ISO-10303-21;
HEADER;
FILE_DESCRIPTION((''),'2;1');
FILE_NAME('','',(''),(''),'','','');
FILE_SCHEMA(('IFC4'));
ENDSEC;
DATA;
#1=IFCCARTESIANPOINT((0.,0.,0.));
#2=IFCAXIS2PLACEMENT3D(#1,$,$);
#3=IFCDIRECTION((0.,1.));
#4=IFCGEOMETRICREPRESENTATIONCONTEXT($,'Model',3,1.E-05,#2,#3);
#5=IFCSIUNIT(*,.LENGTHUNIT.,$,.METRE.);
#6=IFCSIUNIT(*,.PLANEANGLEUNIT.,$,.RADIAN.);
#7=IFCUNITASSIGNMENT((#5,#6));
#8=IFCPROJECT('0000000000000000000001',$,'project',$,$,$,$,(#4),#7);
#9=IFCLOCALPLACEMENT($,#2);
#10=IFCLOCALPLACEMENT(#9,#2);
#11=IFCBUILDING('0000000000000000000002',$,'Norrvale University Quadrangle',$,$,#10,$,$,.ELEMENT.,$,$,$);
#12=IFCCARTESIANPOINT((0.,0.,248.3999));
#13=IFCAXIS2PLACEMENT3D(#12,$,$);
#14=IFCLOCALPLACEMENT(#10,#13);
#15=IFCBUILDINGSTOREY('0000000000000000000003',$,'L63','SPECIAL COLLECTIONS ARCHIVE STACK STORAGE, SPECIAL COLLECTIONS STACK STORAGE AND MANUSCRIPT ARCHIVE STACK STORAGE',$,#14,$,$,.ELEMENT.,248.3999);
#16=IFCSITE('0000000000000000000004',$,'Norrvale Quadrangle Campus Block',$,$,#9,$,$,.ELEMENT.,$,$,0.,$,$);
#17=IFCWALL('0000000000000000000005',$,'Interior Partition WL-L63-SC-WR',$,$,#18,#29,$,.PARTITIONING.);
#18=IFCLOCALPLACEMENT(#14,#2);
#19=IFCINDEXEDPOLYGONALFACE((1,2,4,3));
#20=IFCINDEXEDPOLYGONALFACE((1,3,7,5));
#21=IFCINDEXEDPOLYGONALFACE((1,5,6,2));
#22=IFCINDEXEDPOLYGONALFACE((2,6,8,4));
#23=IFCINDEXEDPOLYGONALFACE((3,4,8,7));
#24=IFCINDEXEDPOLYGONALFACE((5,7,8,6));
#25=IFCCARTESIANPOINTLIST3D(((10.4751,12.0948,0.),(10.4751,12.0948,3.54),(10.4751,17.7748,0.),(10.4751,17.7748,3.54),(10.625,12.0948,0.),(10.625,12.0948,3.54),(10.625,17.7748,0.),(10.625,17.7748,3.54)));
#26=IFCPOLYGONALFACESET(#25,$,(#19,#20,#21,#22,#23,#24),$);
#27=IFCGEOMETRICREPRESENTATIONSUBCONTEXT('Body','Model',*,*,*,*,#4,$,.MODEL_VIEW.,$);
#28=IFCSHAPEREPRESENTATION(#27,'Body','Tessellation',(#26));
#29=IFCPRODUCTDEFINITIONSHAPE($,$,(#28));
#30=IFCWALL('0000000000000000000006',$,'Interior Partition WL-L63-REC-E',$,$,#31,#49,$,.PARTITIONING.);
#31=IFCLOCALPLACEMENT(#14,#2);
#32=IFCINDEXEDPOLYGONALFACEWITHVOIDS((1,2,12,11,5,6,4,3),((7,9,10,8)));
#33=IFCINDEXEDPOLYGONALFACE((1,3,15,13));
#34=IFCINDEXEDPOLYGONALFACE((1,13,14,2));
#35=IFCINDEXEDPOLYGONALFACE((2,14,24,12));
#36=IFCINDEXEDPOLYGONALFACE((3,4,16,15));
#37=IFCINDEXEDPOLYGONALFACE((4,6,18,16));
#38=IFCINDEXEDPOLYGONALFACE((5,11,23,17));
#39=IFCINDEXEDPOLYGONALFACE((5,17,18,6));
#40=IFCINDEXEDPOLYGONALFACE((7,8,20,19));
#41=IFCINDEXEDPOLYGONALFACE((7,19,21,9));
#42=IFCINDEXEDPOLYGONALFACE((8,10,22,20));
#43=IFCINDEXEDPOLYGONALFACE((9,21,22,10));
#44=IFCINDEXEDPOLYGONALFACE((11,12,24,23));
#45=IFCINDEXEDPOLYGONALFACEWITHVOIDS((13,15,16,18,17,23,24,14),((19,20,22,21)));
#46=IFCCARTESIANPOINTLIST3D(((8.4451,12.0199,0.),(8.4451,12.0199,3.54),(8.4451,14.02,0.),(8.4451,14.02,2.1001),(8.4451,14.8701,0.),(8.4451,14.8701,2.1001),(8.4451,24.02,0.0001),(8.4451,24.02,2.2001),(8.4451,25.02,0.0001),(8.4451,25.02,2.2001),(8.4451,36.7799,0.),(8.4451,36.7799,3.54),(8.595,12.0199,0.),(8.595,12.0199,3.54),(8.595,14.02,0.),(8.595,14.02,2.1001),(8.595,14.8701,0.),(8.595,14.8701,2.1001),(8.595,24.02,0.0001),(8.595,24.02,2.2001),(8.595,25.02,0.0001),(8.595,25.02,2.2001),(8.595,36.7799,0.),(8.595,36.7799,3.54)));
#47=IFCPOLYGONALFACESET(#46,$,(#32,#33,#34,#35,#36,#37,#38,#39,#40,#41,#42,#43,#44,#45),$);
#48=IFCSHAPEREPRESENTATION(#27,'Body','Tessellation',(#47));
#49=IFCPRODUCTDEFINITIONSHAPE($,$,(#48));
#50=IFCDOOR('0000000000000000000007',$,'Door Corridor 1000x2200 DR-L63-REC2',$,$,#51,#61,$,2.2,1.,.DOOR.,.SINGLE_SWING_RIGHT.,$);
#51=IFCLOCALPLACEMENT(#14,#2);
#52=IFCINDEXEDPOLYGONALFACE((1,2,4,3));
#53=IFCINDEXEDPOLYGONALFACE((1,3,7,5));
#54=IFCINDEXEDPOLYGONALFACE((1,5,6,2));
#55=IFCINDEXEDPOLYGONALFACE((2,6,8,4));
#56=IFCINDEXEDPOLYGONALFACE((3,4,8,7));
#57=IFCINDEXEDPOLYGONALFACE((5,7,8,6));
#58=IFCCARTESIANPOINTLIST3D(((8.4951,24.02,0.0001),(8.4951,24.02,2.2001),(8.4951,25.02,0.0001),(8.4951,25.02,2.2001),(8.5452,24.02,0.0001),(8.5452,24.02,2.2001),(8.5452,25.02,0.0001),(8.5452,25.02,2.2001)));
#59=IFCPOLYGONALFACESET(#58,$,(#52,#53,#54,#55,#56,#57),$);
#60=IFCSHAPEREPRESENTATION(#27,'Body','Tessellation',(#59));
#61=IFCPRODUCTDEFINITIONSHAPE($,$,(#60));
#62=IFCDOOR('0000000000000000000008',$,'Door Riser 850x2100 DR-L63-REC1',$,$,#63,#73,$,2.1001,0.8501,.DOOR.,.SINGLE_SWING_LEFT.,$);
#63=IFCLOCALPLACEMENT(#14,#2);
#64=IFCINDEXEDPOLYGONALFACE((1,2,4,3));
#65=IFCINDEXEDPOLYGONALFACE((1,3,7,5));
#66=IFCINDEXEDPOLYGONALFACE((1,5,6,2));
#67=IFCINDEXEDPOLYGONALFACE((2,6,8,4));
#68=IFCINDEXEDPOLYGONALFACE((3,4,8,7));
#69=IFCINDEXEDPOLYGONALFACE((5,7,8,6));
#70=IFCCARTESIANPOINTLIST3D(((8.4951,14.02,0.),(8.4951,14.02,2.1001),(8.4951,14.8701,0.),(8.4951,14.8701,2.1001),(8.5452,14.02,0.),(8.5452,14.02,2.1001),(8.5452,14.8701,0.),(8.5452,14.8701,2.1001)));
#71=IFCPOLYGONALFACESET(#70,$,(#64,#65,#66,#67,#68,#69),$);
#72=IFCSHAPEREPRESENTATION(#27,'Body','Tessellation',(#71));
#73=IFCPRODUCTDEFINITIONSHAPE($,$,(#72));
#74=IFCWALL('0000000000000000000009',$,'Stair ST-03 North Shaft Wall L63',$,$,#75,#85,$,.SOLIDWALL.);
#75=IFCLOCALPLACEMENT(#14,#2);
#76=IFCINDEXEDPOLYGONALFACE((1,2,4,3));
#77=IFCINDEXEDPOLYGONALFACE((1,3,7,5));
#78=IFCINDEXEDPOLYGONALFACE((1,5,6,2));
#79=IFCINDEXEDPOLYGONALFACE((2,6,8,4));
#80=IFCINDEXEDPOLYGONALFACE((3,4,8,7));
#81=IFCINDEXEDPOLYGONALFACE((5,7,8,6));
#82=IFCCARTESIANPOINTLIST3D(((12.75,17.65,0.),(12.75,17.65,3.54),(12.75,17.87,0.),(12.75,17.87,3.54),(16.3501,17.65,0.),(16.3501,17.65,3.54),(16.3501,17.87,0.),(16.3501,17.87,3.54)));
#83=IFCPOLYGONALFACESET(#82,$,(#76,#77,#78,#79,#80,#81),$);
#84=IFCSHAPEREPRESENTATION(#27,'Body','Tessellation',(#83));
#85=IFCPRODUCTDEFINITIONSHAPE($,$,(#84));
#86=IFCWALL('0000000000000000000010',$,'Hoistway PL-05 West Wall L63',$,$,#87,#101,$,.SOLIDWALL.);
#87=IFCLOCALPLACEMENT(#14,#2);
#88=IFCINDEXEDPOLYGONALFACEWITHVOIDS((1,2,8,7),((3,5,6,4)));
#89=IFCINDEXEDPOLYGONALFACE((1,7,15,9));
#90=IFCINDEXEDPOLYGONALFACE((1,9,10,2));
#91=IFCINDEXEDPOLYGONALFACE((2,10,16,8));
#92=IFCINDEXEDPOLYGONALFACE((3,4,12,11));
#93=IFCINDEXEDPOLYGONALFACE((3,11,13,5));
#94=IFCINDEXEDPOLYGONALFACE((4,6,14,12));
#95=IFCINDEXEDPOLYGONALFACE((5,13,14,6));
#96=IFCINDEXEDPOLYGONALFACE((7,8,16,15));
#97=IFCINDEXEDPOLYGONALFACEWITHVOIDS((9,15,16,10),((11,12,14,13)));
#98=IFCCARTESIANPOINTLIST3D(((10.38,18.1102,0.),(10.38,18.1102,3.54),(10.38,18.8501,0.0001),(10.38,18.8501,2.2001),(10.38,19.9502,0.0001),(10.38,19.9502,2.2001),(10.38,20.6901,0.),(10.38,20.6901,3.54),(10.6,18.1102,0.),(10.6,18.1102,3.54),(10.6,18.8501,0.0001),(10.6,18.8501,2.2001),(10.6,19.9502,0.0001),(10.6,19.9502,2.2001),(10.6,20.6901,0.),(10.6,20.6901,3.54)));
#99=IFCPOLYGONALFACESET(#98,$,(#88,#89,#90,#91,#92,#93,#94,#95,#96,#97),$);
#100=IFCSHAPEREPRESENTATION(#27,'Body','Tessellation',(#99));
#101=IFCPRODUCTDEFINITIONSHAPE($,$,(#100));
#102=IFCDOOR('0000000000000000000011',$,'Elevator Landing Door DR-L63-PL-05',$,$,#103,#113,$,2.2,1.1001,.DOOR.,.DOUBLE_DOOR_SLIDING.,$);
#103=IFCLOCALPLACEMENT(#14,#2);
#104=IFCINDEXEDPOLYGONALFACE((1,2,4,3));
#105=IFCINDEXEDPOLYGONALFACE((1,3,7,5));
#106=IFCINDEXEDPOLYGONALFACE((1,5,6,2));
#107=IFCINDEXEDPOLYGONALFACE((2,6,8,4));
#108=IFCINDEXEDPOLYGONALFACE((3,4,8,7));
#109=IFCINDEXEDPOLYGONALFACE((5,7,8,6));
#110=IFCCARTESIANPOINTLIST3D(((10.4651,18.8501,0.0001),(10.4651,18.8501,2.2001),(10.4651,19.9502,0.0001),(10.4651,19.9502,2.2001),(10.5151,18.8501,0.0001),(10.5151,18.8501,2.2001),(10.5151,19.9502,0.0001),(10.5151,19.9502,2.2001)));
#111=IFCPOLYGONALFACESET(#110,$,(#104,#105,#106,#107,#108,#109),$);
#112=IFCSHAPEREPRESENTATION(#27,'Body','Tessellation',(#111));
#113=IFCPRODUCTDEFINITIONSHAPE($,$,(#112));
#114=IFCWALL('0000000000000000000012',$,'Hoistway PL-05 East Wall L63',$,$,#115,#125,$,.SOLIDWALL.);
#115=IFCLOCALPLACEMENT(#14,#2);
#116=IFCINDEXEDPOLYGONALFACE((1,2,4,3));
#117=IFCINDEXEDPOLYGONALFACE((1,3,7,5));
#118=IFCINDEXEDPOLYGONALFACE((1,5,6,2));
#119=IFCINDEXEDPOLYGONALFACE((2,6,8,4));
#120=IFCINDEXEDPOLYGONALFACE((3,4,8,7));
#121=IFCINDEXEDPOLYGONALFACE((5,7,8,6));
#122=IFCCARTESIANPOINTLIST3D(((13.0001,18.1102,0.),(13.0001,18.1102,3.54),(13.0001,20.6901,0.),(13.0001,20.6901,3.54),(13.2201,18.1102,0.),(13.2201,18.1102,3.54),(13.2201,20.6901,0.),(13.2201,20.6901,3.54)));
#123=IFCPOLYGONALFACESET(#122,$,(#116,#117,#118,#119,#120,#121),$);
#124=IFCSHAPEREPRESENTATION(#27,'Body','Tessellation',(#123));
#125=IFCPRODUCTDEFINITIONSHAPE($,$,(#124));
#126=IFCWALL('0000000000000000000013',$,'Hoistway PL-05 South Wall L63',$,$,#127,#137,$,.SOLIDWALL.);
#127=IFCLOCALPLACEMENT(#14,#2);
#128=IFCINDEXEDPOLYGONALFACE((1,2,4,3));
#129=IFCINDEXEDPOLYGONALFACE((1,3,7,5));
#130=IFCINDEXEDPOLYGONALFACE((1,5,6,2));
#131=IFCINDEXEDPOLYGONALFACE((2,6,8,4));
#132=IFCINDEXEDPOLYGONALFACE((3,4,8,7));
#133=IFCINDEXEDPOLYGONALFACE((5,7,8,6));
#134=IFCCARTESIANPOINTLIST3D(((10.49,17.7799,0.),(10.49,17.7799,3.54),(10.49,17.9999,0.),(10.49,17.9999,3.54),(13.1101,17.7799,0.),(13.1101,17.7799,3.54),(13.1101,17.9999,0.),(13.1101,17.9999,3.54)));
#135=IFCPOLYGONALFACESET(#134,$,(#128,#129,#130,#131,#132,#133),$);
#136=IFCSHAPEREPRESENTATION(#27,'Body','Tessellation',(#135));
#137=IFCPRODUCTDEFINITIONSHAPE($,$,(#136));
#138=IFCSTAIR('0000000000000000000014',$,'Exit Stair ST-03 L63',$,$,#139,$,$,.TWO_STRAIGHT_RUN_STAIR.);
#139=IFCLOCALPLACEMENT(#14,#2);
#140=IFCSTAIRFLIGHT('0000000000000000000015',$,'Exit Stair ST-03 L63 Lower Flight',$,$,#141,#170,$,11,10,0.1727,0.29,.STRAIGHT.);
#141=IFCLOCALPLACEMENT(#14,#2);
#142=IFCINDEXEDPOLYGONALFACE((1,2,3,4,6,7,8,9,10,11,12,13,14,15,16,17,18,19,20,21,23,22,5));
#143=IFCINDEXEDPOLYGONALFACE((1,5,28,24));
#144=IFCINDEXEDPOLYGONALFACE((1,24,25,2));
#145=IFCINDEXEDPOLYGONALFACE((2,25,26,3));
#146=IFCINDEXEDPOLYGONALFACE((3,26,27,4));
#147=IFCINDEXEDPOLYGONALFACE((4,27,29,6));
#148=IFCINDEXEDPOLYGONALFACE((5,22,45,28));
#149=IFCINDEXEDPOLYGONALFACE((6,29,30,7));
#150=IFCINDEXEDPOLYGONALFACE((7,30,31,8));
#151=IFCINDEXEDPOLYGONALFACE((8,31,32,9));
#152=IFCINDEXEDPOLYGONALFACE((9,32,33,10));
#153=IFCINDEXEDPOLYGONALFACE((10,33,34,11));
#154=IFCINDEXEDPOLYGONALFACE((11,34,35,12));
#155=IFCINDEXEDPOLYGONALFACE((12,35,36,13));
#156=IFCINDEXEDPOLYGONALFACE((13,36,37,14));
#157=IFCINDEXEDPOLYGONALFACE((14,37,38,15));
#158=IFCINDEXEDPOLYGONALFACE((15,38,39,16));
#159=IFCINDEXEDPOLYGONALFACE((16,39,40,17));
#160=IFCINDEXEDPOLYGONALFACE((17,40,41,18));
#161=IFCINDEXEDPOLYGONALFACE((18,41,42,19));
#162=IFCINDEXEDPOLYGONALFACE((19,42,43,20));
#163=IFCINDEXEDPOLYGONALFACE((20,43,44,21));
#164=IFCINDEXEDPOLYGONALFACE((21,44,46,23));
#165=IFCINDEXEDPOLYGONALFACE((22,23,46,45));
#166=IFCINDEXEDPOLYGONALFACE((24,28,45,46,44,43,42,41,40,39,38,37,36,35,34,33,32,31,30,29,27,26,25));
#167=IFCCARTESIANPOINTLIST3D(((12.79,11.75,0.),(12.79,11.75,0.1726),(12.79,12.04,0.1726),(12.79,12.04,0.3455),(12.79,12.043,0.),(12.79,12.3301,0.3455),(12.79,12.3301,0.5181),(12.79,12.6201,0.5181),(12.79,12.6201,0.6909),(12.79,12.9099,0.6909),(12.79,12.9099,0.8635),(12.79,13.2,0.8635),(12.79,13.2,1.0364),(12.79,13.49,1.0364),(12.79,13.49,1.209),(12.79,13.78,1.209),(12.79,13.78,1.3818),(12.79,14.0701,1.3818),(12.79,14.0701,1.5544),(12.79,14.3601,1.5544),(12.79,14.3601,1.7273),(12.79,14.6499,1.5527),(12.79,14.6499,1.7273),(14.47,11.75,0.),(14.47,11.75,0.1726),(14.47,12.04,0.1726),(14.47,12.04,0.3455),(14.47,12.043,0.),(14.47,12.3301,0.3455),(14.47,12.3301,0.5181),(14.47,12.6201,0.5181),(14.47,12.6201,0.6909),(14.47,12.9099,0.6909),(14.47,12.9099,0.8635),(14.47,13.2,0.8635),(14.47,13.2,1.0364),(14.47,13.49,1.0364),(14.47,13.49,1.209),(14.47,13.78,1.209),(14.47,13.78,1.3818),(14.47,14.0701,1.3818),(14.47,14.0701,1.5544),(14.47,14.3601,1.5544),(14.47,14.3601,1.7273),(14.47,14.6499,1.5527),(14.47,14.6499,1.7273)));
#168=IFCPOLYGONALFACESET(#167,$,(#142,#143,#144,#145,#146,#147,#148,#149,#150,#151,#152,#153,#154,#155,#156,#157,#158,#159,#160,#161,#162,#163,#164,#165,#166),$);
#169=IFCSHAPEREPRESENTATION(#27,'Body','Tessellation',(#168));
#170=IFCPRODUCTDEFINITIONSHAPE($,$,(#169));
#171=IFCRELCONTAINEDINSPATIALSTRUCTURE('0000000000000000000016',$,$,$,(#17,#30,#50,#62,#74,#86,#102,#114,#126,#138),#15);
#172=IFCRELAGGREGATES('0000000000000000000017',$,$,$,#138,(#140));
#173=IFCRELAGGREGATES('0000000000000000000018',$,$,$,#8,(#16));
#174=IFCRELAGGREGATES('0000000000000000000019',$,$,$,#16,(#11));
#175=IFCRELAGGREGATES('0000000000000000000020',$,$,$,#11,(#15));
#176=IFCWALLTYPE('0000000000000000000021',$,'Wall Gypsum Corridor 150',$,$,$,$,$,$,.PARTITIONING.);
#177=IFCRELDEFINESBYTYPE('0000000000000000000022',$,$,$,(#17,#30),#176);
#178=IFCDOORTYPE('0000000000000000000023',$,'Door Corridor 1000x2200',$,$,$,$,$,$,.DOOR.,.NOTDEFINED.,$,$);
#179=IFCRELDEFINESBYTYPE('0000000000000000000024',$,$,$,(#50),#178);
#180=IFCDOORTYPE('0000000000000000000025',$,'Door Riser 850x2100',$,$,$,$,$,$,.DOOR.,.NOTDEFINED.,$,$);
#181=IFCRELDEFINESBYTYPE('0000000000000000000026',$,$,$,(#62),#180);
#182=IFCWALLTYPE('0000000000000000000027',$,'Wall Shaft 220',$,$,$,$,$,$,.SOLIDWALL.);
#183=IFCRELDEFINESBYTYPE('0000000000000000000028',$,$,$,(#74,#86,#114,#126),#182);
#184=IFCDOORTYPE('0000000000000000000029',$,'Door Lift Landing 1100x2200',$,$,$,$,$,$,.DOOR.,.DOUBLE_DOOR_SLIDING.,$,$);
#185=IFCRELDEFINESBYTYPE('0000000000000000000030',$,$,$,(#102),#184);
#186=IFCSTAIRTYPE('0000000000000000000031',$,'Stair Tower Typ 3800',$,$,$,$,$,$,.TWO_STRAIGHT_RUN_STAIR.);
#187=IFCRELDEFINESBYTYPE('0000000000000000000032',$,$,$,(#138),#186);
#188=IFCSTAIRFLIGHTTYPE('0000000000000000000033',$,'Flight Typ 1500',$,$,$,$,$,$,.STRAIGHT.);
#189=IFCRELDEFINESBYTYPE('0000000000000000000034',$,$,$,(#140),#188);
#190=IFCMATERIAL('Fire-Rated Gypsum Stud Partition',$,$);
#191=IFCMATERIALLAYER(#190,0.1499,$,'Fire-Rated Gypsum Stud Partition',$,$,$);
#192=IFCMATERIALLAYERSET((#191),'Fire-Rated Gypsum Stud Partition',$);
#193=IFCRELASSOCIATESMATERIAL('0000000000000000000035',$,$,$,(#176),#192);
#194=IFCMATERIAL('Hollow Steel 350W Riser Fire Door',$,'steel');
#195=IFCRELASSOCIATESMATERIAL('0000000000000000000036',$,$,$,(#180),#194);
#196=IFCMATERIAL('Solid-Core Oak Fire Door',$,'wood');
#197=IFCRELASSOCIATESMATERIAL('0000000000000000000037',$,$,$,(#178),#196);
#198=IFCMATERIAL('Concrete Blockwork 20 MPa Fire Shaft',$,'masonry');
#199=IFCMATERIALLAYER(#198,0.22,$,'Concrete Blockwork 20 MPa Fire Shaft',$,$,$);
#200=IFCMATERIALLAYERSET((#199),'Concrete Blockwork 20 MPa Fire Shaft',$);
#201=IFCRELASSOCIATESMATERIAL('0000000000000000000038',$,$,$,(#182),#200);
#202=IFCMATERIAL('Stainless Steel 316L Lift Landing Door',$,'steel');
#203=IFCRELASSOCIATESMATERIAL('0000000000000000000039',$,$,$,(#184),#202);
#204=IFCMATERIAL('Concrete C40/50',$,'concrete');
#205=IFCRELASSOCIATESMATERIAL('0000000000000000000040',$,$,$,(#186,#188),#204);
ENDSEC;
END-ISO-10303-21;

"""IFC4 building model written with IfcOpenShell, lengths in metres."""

from ifc_helpers import new_model, si_unit, direction, frame, frame_2d, origin, place, context, subcontext, project, spatial, polyline, rectangle, outline, extrude, material, layer, layer_set, type_object, element, fill, aggregate, save


model = new_model("IFC4")

# Units and contexts
model_context = context("Model", 3, precision=1e-05, world=origin(), true_north=direction((0.0, 1.0)))
body_context = subcontext(model_context, "Body", "Model", "MODEL_VIEW")
ifc_project = project(units=[si_unit("LENGTHUNIT", "METRE"), si_unit("PLANEANGLEUNIT", "RADIAN")], contexts=[model_context])

# Site, building, storey
site_placement = place(None, origin())
site = spatial("IfcSite", under=ifc_project, at=site_placement, Name="Norrvale Quadrangle Campus Block", CompositionType="ELEMENT", RefElevation=0.0)
building_placement = place(site_placement, origin())
building = spatial("IfcBuilding", under=site, at=building_placement, Name="Norrvale University Quadrangle", CompositionType="ELEMENT")
storey_placement = place(building_placement, frame((0.0, 0.0, 248.3999)))
storey = spatial("IfcBuildingStorey", under=building, at=storey_placement, Name="L63", Description="SPECIAL COLLECTIONS ARCHIVE STACK STORAGE, SPECIAL COLLECTIONS STACK STORAGE AND MANUSCRIPT ARCHIVE STACK STORAGE", CompositionType="ELEMENT", Elevation=248.3999)

# Shared definitions
ifc_material_1 = material(Name="Fire-Rated Gypsum Stud Partition")
ifc_layer_1 = layer(ifc_material_1, 0.1499, Name="Fire-Rated Gypsum Stud Partition")
ifc_layer_set_1 = layer_set([ifc_layer_1], Name="Fire-Rated Gypsum Stud Partition")
wall_type_1 = type_object("IfcWallType", Name="Wall Gypsum Corridor 150", PredefinedType="PARTITIONING", material=ifc_layer_set_1)
ifc_material_2 = material(Name="Hollow Steel 350W Riser Fire Door", Category="steel")
door_type_1 = type_object("IfcDoorType", Name="Door Riser 850x2100", OperationType="NOTDEFINED", PredefinedType="DOOR", material=ifc_material_2)

# Wall
wall_1_placement = place(storey_placement, frame((10.55, 12.095, 0.0), z_axis=(0.0, 0.0, 1.0), x_axis=(0.0, 1.0, 0.0)))
element("IfcWall", 1, at=wall_1_placement, inside=storey, type_object=wall_type_1, Name="Interior Partition WL-L63-SC-WR", PredefinedType="PARTITIONING", context=body_context, shape_type="SweptSolid", body=[
    extrude(rectangle(XDim=5.6799, YDim=0.1499, at=frame_2d((2.8398, 0.0))), origin(), (0.0, 0.0, 1.0), 3.54),
])

# Wall, openings, doors
wall_2_placement = place(storey_placement, frame((8.52, 12.02, 0.0), z_axis=(0.0, 0.0, 1.0), x_axis=(0.0, 1.0, 0.0)))
wall_2 = element("IfcWall", 2, at=wall_2_placement, inside=storey, type_object=wall_type_1, Name="Interior Partition WL-L63-REC-E", PredefinedType="PARTITIONING", context=body_context, shape_type="SweptSolid", body=[
    extrude(rectangle(XDim=24.76, YDim=0.1499, at=frame_2d((12.3799, 0.0))), origin(), (0.0, 0.0, 1.0), 3.54),
])
opening_1_placement = place(wall_2_placement, frame((2.0, 0.0, 0.0)))
opening_1 = element("IfcOpeningElement", 3, at=opening_1_placement, cuts=wall_2, PredefinedType="OPENING", context=body_context, shape_type="SweptSolid", body=[
    extrude(rectangle(XDim=0.8501, YDim=2.1001, at=frame_2d((0.425, 1.05))), frame((0.0, 0.0869, 0.0), z_axis=(0.0, -1.0, 0.0), x_axis=(1.0, 0.0, 0.0)), (0.0, 0.0, 1.0), 0.1738),
])
opening_2_placement = place(wall_2_placement, frame((12.0, 0.0, 0.0)))
opening_2 = element("IfcOpeningElement", 4, at=opening_2_placement, cuts=wall_2, PredefinedType="OPENING", context=body_context, shape_type="SweptSolid", body=[
    extrude(rectangle(XDim=1.0, YDim=2.2, at=frame_2d((0.5, 1.1001))), frame((0.0, 0.0869, 0.0), z_axis=(0.0, -1.0, 0.0), x_axis=(1.0, 0.0, 0.0)), (0.0, 0.0, 1.0), 0.1738),
])
ifc_material_3 = material(Name="Solid-Core Oak Fire Door", Category="wood")
door_type_2 = type_object("IfcDoorType", Name="Door Corridor 1000x2200", OperationType="NOTDEFINED", PredefinedType="DOOR", material=ifc_material_3)
door_1_placement = place(opening_2_placement, origin())
door_1 = element("IfcDoor", 5, at=door_1_placement, inside=storey, type_object=door_type_2, Name="Door Corridor 1000x2200 DR-L63-REC2", OperationType="SINGLE_SWING_RIGHT", OverallHeight=2.2, OverallWidth=1.0, PredefinedType="DOOR", context=body_context, shape_type="SweptSolid", body=[
    extrude(rectangle(XDim=1.0, YDim=2.2, at=frame_2d((0.5, 1.1001))), frame((0.0, 0.0249, 0.0), z_axis=(0.0, -1.0, 0.0), x_axis=(1.0, 0.0, 0.0)), (0.0, 0.0, 1.0), 0.05),
])
fill(opening_2, door_1)
door_2_placement = place(opening_1_placement, origin())
door_2 = element("IfcDoor", 6, at=door_2_placement, inside=storey, type_object=door_type_1, Name="Door Riser 850x2100 DR-L63-REC1", OperationType="SINGLE_SWING_LEFT", OverallHeight=2.1001, OverallWidth=0.8501, PredefinedType="DOOR", context=body_context, shape_type="SweptSolid", body=[
    extrude(rectangle(XDim=0.8501, YDim=2.1001, at=frame_2d((0.425, 1.05))), frame((0.0, 0.0249, 0.0), z_axis=(0.0, -1.0, 0.0), x_axis=(1.0, 0.0, 0.0)), (0.0, 0.0, 1.0), 0.05),
])
fill(opening_1, door_2)

# Wall
ifc_material_4 = material(Name="Concrete Blockwork 20 MPa Fire Shaft", Category="masonry")
ifc_layer_2 = layer(ifc_material_4, 0.22, Name="Concrete Blockwork 20 MPa Fire Shaft")
ifc_layer_set_2 = layer_set([ifc_layer_2], Name="Concrete Blockwork 20 MPa Fire Shaft")
wall_type_2 = type_object("IfcWallType", Name="Wall Shaft 220", PredefinedType="SOLIDWALL", material=ifc_layer_set_2)
wall_3_placement = place(storey_placement, frame((12.75, 17.76, 0.0), z_axis=(0.0, 0.0, 1.0), x_axis=(1.0, 0.0, 0.0)))
element("IfcWall", 7, at=wall_3_placement, inside=storey, type_object=wall_type_2, Name="Stair ST-03 North Shaft Wall L63", PredefinedType="SOLIDWALL", context=body_context, shape_type="SweptSolid", body=[
    extrude(rectangle(XDim=3.6001, YDim=0.22, at=frame_2d((1.8, 0.0))), origin(), (0.0, 0.0, 1.0), 3.54),
])

# Wall, opening, door
wall_4_placement = place(storey_placement, frame((10.49, 18.1101, 0.0), z_axis=(0.0, 0.0, 1.0), x_axis=(0.0, 1.0, 0.0)))
wall_4 = element("IfcWall", 8, at=wall_4_placement, inside=storey, type_object=wall_type_2, Name="Hoistway PL-05 West Wall L63", PredefinedType="SOLIDWALL", context=body_context, shape_type="SweptSolid", body=[
    extrude(rectangle(XDim=2.5798, YDim=0.22, at=frame_2d((1.29, 0.0))), origin(), (0.0, 0.0, 1.0), 3.54),
])
opening_3_placement = place(wall_4_placement, frame((0.74, 0.0, 0.0)))
opening_3 = element("IfcOpeningElement", 9, at=opening_3_placement, cuts=wall_4, PredefinedType="OPENING", context=body_context, shape_type="SweptSolid", body=[
    extrude(rectangle(XDim=1.1001, YDim=2.2, at=frame_2d((0.55, 1.1001))), frame((0.0, 0.1221, 0.0), z_axis=(0.0, -1.0, 0.0), x_axis=(1.0, 0.0, 0.0)), (0.0, 0.0, 1.0), 0.2439),
])
ifc_material_5 = material(Name="Stainless Steel 316L Lift Landing Door", Category="steel")
door_type_3 = type_object("IfcDoorType", Name="Door Lift Landing 1100x2200", OperationType="DOUBLE_DOOR_SLIDING", PredefinedType="DOOR", material=ifc_material_5)
door_3_placement = place(opening_3_placement, origin())
door_3 = element("IfcDoor", 10, at=door_3_placement, inside=storey, type_object=door_type_3, Name="Elevator Landing Door DR-L63-PL-05", OperationType="DOUBLE_DOOR_SLIDING", OverallHeight=2.2, OverallWidth=1.1001, PredefinedType="DOOR", context=body_context, shape_type="SweptSolid", body=[
    extrude(rectangle(XDim=1.1001, YDim=2.2, at=frame_2d((0.55, 1.1001))), frame((0.0, 0.0249, 0.0), z_axis=(0.0, -1.0, 0.0), x_axis=(1.0, 0.0, 0.0)), (0.0, 0.0, 1.0), 0.05),
])
fill(opening_3, door_3)

# Walls
wall_5_placement = place(storey_placement, frame((13.1101, 18.1101, 0.0), z_axis=(0.0, 0.0, 1.0), x_axis=(0.0, 1.0, 0.0)))
element("IfcWall", 11, at=wall_5_placement, inside=storey, type_object=wall_type_2, Name="Hoistway PL-05 East Wall L63", PredefinedType="SOLIDWALL", context=body_context, shape_type="SweptSolid", body=[
    extrude(rectangle(XDim=2.5798, YDim=0.22, at=frame_2d((1.29, 0.0))), origin(), (0.0, 0.0, 1.0), 3.54),
])
wall_6_placement = place(storey_placement, frame((10.49, 17.8899, 0.0), z_axis=(0.0, 0.0, 1.0), x_axis=(1.0, 0.0, 0.0)))
element("IfcWall", 12, at=wall_6_placement, inside=storey, type_object=wall_type_2, Name="Hoistway PL-05 South Wall L63", PredefinedType="SOLIDWALL", context=body_context, shape_type="SweptSolid", body=[
    extrude(rectangle(XDim=2.6201, YDim=0.22, at=frame_2d((1.3101, 0.0))), origin(), (0.0, 0.0, 1.0), 3.54),
])

# Stair, stair flight
ifc_material_6 = material(Name="Concrete C40/50", Category="concrete")
stair_type = type_object("IfcStairType", Name="Stair Tower Typ 3800", PredefinedType="TWO_STRAIGHT_RUN_STAIR", material=ifc_material_6)
stair_placement = place(storey_placement, origin())
stair = element("IfcStair", 13, at=stair_placement, inside=storey, type_object=stair_type, Name="Exit Stair ST-03 L63", PredefinedType="TWO_STRAIGHT_RUN_STAIR")
stair_flight_type = type_object("IfcStairFlightType", Name="Flight Typ 1500", PredefinedType="STRAIGHT", material=ifc_material_6)
stair_flight_1_placement = place(storey_placement, frame((13.6299, 11.75, 0.0), z_axis=(0.0, 0.0, 1.0), x_axis=(0.0, 1.0, 0.0)))
stair_flight_1 = element("IfcStairFlight", 14, at=stair_flight_1_placement, type_object=stair_flight_type, Name="Exit Stair ST-03 L63 Lower Flight", NumberOfRisers=11, NumberOfTreads=10, PredefinedType="STRAIGHT", RiserHeight=0.1727, TreadLength=0.29, context=body_context, shape_type="SweptSolid", body=[
    extrude(outline(polyline([(0.0, 0.0), (0.0, 0.1726), (0.29, 0.1726), (0.29, 0.3455), (0.5801, 0.3455), (0.5801, 0.5181), (0.8701, 0.5181), (0.8701, 0.6909), (1.1599, 0.6909), (1.1599, 0.8635), (1.45, 0.8635), (1.45, 1.0364), (1.74, 1.0364), (1.74, 1.209), (2.03, 1.209), (2.03, 1.3818), (2.3201, 1.3818), (2.3201, 1.5544), (2.6101, 1.5544), (2.6101, 1.7273), (2.8999, 1.7273), (2.8999, 1.8999), (2.8999, 1.5527), (0.293, 0.0), (0.0, 0.0)])), frame((0.0, 0.8398, 0.0), z_axis=(0.0, -1.0, 0.0), x_axis=(1.0, 0.0, 0.0)), (0.0, 0.0, 1.0), 1.6799),
])
aggregate(stair, [stair_flight_1])

save(model, "model.ifc")
